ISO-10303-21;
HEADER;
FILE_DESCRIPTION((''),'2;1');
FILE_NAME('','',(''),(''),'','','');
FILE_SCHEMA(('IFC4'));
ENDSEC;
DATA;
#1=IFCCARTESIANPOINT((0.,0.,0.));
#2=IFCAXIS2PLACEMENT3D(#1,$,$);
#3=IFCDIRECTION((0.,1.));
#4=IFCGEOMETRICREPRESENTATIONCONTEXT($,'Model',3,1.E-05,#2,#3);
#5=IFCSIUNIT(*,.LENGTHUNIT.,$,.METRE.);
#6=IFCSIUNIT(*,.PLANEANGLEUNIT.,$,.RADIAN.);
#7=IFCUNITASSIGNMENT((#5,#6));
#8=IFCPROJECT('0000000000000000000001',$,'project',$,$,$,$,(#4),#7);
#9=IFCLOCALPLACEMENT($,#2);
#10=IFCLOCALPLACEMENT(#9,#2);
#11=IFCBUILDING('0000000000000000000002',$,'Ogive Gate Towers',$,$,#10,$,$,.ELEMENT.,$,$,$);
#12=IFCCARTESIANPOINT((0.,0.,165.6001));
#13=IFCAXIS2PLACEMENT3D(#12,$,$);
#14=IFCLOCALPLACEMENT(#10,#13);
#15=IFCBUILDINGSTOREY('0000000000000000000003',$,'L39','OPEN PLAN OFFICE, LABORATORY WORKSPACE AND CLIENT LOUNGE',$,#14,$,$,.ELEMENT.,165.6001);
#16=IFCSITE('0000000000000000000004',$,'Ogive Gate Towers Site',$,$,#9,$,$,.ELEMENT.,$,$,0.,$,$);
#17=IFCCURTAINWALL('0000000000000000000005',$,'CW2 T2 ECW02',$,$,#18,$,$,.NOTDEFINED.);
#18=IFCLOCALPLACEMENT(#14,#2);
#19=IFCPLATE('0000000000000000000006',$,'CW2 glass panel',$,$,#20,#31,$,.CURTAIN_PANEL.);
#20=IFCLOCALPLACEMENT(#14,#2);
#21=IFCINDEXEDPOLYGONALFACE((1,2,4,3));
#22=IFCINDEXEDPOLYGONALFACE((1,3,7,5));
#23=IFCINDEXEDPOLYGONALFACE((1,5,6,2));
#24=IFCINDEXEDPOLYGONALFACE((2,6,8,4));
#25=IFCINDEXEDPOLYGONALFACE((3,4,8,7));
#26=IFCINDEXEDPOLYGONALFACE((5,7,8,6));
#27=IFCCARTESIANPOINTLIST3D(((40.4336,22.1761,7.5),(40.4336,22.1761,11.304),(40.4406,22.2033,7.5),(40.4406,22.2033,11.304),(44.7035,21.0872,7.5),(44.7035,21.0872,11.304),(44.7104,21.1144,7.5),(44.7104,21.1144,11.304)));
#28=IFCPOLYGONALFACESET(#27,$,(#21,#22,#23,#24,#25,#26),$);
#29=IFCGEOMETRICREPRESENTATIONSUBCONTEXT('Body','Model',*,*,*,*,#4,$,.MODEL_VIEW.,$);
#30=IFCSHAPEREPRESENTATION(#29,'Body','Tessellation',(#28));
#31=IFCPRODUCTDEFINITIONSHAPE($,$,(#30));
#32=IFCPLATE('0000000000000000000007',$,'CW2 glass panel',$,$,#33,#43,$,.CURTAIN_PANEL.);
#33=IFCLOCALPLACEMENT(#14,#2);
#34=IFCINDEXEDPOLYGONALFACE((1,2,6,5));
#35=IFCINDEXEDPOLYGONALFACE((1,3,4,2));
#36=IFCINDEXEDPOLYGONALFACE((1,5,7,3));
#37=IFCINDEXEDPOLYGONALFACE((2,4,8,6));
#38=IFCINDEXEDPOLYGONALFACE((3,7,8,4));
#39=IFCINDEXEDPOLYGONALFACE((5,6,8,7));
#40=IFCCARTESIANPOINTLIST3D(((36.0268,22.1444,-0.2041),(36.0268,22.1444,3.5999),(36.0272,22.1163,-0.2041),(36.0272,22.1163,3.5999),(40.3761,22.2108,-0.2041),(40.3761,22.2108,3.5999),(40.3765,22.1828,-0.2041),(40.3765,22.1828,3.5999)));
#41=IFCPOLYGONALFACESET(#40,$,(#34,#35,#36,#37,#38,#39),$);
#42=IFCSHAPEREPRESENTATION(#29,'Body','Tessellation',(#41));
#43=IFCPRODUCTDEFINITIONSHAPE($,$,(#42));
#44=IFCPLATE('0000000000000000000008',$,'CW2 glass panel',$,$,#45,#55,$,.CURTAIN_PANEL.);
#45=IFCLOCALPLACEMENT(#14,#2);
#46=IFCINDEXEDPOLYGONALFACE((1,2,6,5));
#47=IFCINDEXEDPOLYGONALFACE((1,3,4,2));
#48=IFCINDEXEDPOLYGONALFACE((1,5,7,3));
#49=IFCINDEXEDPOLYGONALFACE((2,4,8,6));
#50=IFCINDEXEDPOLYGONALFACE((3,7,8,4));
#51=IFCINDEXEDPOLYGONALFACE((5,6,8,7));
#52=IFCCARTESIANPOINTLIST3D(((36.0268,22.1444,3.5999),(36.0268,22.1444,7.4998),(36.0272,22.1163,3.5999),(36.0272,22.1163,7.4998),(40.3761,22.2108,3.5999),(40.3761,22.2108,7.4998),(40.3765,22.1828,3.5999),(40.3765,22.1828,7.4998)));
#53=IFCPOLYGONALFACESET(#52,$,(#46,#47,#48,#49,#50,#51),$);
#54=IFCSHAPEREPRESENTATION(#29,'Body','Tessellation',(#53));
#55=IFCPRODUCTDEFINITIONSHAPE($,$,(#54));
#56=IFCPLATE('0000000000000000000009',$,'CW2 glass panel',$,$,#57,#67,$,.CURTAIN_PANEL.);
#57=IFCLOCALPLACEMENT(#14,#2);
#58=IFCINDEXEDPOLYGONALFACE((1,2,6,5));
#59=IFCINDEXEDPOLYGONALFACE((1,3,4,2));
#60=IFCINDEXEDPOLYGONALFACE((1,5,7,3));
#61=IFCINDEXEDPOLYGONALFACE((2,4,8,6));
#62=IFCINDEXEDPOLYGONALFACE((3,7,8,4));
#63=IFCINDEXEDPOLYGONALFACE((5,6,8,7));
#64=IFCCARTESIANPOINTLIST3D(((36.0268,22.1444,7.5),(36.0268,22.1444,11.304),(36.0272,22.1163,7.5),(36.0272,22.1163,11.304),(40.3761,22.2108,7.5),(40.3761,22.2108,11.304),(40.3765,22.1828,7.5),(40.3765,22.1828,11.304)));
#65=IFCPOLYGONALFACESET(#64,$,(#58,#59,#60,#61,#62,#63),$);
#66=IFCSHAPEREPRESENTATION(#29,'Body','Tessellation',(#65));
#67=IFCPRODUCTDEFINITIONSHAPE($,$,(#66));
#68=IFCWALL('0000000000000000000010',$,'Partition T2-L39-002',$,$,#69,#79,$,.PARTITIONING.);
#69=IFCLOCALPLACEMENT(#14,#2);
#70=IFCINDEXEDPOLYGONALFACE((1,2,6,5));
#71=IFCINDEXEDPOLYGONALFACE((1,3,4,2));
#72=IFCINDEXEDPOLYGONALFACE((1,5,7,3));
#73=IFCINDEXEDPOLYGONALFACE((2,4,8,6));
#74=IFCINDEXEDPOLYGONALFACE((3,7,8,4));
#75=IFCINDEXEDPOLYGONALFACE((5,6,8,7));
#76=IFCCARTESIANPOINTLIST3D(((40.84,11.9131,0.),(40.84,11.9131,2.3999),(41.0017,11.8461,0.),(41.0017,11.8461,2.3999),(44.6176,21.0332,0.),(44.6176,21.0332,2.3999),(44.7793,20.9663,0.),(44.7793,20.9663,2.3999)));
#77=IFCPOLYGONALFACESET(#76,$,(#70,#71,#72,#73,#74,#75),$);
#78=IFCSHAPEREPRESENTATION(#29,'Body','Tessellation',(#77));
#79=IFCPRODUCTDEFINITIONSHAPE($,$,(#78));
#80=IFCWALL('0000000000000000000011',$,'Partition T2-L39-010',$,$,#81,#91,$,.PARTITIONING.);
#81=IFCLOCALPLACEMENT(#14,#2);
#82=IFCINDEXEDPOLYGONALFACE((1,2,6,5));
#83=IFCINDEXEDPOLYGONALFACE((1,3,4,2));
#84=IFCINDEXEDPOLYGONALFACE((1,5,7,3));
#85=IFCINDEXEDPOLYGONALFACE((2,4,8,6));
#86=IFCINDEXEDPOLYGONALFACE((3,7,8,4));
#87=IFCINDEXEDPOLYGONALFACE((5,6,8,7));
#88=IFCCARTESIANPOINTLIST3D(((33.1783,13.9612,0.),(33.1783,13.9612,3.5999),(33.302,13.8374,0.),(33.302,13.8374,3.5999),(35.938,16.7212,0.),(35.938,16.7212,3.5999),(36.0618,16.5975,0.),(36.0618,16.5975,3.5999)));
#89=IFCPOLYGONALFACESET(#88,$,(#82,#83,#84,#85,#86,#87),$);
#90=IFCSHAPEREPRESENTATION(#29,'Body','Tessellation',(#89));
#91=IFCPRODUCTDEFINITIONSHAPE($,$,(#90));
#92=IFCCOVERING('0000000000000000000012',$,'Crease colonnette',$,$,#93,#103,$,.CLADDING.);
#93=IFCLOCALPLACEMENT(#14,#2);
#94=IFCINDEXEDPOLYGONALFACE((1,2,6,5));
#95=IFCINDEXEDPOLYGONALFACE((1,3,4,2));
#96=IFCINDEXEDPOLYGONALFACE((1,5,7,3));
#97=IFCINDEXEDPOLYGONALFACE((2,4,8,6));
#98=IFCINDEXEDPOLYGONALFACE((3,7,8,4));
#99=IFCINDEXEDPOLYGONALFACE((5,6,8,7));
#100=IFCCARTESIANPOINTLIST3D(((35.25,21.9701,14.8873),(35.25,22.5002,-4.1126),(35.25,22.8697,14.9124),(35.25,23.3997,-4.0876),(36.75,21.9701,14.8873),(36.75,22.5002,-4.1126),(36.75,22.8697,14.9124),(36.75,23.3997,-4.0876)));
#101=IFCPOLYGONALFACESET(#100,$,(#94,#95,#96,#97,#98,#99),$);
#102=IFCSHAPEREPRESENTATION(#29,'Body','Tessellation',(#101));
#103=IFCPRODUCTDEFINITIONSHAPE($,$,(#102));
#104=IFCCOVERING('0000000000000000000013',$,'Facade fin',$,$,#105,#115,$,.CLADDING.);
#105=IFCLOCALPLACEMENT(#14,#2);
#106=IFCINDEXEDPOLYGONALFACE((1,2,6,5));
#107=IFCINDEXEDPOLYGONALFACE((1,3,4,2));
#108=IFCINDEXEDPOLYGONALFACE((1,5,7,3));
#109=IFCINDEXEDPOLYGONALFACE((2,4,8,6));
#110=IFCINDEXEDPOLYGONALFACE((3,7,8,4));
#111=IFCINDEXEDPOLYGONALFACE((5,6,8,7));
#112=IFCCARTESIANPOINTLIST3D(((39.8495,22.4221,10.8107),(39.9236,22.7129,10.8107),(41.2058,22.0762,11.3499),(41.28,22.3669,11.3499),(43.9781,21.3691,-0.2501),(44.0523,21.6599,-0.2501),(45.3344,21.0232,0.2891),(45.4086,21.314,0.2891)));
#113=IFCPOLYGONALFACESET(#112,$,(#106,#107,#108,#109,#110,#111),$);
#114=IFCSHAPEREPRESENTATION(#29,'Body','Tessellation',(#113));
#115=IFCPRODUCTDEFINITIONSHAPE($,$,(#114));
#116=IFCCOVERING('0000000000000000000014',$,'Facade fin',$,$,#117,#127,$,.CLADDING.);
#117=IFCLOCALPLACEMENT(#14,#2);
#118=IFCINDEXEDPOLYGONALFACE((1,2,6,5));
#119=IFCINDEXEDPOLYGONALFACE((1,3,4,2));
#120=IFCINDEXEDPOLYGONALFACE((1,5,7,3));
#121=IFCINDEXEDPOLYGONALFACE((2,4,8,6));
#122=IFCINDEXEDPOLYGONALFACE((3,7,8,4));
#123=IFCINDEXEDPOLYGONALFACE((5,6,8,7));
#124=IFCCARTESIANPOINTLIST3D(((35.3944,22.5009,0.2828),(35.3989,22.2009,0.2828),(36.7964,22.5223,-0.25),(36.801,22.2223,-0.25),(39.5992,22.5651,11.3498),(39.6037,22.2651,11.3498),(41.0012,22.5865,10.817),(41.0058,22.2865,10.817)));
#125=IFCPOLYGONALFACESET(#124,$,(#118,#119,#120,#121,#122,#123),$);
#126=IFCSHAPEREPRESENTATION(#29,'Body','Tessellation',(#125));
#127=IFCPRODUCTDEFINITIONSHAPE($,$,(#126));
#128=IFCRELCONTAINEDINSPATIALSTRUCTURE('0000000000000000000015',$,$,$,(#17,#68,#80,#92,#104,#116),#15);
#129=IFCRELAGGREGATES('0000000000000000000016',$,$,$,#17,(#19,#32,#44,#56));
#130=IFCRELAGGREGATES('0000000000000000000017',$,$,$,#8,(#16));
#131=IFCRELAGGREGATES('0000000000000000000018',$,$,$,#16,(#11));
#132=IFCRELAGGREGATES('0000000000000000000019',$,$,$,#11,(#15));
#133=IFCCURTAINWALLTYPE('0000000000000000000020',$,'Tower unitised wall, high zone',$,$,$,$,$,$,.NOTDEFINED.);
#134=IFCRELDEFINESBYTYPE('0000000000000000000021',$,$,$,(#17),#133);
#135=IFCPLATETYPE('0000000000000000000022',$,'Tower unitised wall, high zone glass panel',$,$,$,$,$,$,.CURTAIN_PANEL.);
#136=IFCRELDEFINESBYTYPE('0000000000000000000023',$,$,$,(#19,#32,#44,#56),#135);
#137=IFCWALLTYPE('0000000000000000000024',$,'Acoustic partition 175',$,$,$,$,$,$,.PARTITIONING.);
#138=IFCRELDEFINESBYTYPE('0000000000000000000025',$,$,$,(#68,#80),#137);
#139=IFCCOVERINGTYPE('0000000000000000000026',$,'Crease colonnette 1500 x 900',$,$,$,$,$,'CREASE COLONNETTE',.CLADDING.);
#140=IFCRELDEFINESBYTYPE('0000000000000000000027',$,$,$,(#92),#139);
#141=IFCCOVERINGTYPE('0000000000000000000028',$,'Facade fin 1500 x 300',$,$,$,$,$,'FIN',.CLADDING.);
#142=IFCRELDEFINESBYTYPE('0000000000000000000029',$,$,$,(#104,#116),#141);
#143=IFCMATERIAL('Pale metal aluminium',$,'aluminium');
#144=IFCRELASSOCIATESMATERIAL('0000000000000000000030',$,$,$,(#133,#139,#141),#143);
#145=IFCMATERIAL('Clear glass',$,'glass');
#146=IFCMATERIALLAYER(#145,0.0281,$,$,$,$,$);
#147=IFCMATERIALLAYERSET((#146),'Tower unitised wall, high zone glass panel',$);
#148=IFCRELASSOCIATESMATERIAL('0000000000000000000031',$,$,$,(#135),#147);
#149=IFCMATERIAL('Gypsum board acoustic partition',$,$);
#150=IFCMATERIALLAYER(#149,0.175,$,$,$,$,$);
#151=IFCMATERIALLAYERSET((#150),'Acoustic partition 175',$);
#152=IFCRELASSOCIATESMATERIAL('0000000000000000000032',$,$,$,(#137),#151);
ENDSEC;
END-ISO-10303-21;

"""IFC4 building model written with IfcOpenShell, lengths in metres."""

from ifc_helpers import new_model, si_unit, direction, frame, frame_2d, origin, origin_2d, place, context, subcontext, project, spatial, rectangle, extrude, material, layer, layer_set, material_profile, profile_set, type_object, element, aggregate, save


model = new_model("IFC4")

# Units and contexts
model_context = context("Model", 3, precision=1e-05, world=origin(), true_north=direction((0.0, 1.0)))
body_context = subcontext(model_context, "Body", "Model", "MODEL_VIEW")
ifc_project = project(units=[si_unit("LENGTHUNIT", "METRE"), si_unit("PLANEANGLEUNIT", "RADIAN")], contexts=[model_context])

# Site, building, storey
site_placement = place(None, origin())
site = spatial("IfcSite", under=ifc_project, at=site_placement, Name="Ogive Gate Towers Site", CompositionType="ELEMENT", RefElevation=0.0)
building_placement = place(site_placement, origin())
building = spatial("IfcBuilding", under=site, at=building_placement, Name="Ogive Gate Towers", CompositionType="ELEMENT")
storey_placement = place(building_placement, frame((0.0, 0.0, 165.6001)))
storey = spatial("IfcBuildingStorey", under=building, at=storey_placement, Name="L39", Description="OPEN PLAN OFFICE, LABORATORY WORKSPACE AND CLIENT LOUNGE", CompositionType="ELEMENT", Elevation=165.6001)

# Curtain wall, plates
ifc_material_1 = material(Name="Pale metal aluminium", Category="aluminium")
curtain_wall_type = type_object("IfcCurtainWallType", Name="Tower unitised wall, high zone", PredefinedType="NOTDEFINED", material=ifc_material_1)
curtain_wall_placement = place(storey_placement, origin())
curtain_wall = element("IfcCurtainWall", 1, at=curtain_wall_placement, inside=storey, type_object=curtain_wall_type, Name="CW2 T2 ECW02", PredefinedType="NOTDEFINED")
ifc_material_2 = material(Name="Clear glass", Category="glass")
ifc_layer_1 = layer(ifc_material_2, 0.0281)
ifc_layer_set_1 = layer_set([ifc_layer_1], Name="Tower unitised wall, high zone glass panel")
plate_type = type_object("IfcPlateType", Name="Tower unitised wall, high zone glass panel", PredefinedType="CURTAIN_PANEL", material=ifc_layer_set_1)
plate_1_placement = place(storey_placement, frame((42.572, 21.6453, 7.5), z_axis=(0.0, 0.0, 1.0), x_axis=(-0.96899, 0.2471, 0.0)))
plate_1 = element("IfcPlate", 2, at=plate_1_placement, type_object=plate_type, Name="CW2 glass panel", PredefinedType="CURTAIN_PANEL", context=body_context, shape_type="SweptSolid", body=[
    extrude(rectangle(XDim=4.4065, YDim=0.0281, at=origin_2d()), origin(), (0.0, 0.0, 1.0), 3.804),
])
plate_2_placement = place(storey_placement, frame((38.2017, 22.1636, -0.2041), z_axis=(0.0, 0.0, 1.0), x_axis=(-0.999883, -0.015271, 0.0)))
plate_2 = element("IfcPlate", 3, at=plate_2_placement, type_object=plate_type, Name="CW2 glass panel", PredefinedType="CURTAIN_PANEL", context=body_context, shape_type="SweptSolid", body=[
    extrude(rectangle(XDim=4.3499, YDim=0.0281, at=origin_2d()), origin(), (0.0, 0.0, 1.0), 3.804),
])
plate_3_placement = place(storey_placement, frame((38.2017, 22.1636, 3.5999), z_axis=(0.0, 0.0, 1.0), x_axis=(-0.999883, -0.015271, 0.0)))
plate_3 = element("IfcPlate", 4, at=plate_3_placement, type_object=plate_type, Name="CW2 glass panel", PredefinedType="CURTAIN_PANEL", context=body_context, shape_type="SweptSolid", body=[
    extrude(rectangle(XDim=4.3499, YDim=0.0281, at=origin_2d()), origin(), (0.0, 0.0, 1.0), 3.8999),
])
plate_4_placement = place(storey_placement, frame((38.2017, 22.1636, 7.5), z_axis=(0.0, 0.0, 1.0), x_axis=(-0.999883, -0.015271, 0.0)))
plate_4 = element("IfcPlate", 5, at=plate_4_placement, type_object=plate_type, Name="CW2 glass panel", PredefinedType="CURTAIN_PANEL", context=body_context, shape_type="SweptSolid", body=[
    extrude(rectangle(XDim=4.3499, YDim=0.0281, at=origin_2d()), origin(), (0.0, 0.0, 1.0), 3.804),
])
aggregate(curtain_wall, [plate_1, plate_2, plate_3, plate_4])

# Walls
ifc_material_3 = material(Name="Gypsum board acoustic partition")
ifc_layer_2 = layer(ifc_material_3, 0.175)
ifc_layer_set_2 = layer_set([ifc_layer_2], Name="Acoustic partition 175")
wall_type = type_object("IfcWallType", Name="Acoustic partition 175", PredefinedType="PARTITIONING", material=ifc_layer_set_2)
wall_1_placement = place(storey_placement, frame((44.6985, 20.9998, 0.0), z_axis=(0.0, 0.0, 1.0), x_axis=(-0.382676, -0.923883, 0.0)))
element("IfcWall", 6, at=wall_1_placement, inside=storey, type_object=wall_type, Name="Partition T2-L39-002", PredefinedType="PARTITIONING", context=body_context, shape_type="SweptSolid", body=[
    extrude(rectangle(XDim=9.8716, YDim=0.175, at=frame_2d((4.9358, 0.0))), origin(), (0.0, 0.0, 1.0), 2.3999),
])
wall_2_placement = place(storey_placement, frame((36.0, 16.6594, 0.0), z_axis=(0.0, 0.0, 1.0), x_axis=(-0.707076, -0.707138, 0.0)))
element("IfcWall", 7, at=wall_2_placement, inside=storey, type_object=wall_type, Name="Partition T2-L39-010", PredefinedType="PARTITIONING", context=body_context, shape_type="SweptSolid", body=[
    extrude(rectangle(XDim=3.9031, YDim=0.175, at=frame_2d((1.9517, 0.0))), origin(), (0.0, 0.0, 1.0), 3.5999),
])

# Coverings
ifc_material_profile_1 = material_profile(ifc_material_1, rectangle(XDim=1.5, YDim=0.8999, at=origin_2d()), Name="1500 x 900 pale metal aluminium")
ifc_profile_set_1 = profile_set([ifc_material_profile_1], Name="Pale metal aluminium")
covering_type_1 = type_object("IfcCoveringType", Name="Crease colonnette 1500 x 900", ElementType="CREASE COLONNETTE", PredefinedType="CLADDING", material=ifc_profile_set_1)
covering_1_placement = place(storey_placement, frame((36.0, 22.95, -4.1001), z_axis=(0.0, -0.027885, 0.999611), x_axis=(1.0, 0.0, 0.0)))
element("IfcCovering", 8, at=covering_1_placement, inside=storey, type_object=covering_type_1, Name="Crease colonnette", PredefinedType="CLADDING", context=body_context, shape_type="SweptSolid", body=[
    extrude(rectangle(XDim=1.5, YDim=0.8999, at=origin_2d()), origin(), (0.0, 0.0, 1.0), 19.0073),
])
ifc_material_profile_2 = material_profile(ifc_material_1, rectangle(XDim=0.3, YDim=1.5, at=origin_2d()), Name="1500 x 300 pale metal aluminium")
ifc_profile_set_2 = profile_set([ifc_material_profile_2], Name="Pale metal aluminium")
covering_type_2 = type_object("IfcCoveringType", Name="Facade fin 1500 x 300", ElementType="FIN", PredefinedType="CLADDING", material=ifc_profile_set_2)
covering_2_placement = place(storey_placement, frame((44.6934, 21.3416, 0.0195), z_axis=(-0.34832, 0.088836, 0.933157), x_axis=(-0.24713, -0.968982, 0.0)))
element("IfcCovering", 9, at=covering_2_placement, inside=storey, type_object=covering_type_2, Name="Facade fin", PredefinedType="CLADDING", context=body_context, shape_type="SweptSolid", body=[
    extrude(rectangle(XDim=0.3, YDim=1.5, at=origin_2d()), origin(), (0.0, 0.0, 1.0), 11.853),
])
covering_3_placement = place(storey_placement, frame((36.0977, 22.3616, 0.0164), z_axis=(0.355162, 0.005423, 0.934789), x_axis=(-0.015268, 0.999883, 0.0)))
element("IfcCovering", 10, at=covering_3_placement, inside=storey, type_object=covering_type_2, Name="Facade fin", PredefinedType="CLADDING", context=body_context, shape_type="SweptSolid", body=[
    extrude(rectangle(XDim=0.3, YDim=1.5, at=origin_2d()), origin(), (0.0, 0.0, 1.0), 11.8391),
])

save(model, "model.ifc")
